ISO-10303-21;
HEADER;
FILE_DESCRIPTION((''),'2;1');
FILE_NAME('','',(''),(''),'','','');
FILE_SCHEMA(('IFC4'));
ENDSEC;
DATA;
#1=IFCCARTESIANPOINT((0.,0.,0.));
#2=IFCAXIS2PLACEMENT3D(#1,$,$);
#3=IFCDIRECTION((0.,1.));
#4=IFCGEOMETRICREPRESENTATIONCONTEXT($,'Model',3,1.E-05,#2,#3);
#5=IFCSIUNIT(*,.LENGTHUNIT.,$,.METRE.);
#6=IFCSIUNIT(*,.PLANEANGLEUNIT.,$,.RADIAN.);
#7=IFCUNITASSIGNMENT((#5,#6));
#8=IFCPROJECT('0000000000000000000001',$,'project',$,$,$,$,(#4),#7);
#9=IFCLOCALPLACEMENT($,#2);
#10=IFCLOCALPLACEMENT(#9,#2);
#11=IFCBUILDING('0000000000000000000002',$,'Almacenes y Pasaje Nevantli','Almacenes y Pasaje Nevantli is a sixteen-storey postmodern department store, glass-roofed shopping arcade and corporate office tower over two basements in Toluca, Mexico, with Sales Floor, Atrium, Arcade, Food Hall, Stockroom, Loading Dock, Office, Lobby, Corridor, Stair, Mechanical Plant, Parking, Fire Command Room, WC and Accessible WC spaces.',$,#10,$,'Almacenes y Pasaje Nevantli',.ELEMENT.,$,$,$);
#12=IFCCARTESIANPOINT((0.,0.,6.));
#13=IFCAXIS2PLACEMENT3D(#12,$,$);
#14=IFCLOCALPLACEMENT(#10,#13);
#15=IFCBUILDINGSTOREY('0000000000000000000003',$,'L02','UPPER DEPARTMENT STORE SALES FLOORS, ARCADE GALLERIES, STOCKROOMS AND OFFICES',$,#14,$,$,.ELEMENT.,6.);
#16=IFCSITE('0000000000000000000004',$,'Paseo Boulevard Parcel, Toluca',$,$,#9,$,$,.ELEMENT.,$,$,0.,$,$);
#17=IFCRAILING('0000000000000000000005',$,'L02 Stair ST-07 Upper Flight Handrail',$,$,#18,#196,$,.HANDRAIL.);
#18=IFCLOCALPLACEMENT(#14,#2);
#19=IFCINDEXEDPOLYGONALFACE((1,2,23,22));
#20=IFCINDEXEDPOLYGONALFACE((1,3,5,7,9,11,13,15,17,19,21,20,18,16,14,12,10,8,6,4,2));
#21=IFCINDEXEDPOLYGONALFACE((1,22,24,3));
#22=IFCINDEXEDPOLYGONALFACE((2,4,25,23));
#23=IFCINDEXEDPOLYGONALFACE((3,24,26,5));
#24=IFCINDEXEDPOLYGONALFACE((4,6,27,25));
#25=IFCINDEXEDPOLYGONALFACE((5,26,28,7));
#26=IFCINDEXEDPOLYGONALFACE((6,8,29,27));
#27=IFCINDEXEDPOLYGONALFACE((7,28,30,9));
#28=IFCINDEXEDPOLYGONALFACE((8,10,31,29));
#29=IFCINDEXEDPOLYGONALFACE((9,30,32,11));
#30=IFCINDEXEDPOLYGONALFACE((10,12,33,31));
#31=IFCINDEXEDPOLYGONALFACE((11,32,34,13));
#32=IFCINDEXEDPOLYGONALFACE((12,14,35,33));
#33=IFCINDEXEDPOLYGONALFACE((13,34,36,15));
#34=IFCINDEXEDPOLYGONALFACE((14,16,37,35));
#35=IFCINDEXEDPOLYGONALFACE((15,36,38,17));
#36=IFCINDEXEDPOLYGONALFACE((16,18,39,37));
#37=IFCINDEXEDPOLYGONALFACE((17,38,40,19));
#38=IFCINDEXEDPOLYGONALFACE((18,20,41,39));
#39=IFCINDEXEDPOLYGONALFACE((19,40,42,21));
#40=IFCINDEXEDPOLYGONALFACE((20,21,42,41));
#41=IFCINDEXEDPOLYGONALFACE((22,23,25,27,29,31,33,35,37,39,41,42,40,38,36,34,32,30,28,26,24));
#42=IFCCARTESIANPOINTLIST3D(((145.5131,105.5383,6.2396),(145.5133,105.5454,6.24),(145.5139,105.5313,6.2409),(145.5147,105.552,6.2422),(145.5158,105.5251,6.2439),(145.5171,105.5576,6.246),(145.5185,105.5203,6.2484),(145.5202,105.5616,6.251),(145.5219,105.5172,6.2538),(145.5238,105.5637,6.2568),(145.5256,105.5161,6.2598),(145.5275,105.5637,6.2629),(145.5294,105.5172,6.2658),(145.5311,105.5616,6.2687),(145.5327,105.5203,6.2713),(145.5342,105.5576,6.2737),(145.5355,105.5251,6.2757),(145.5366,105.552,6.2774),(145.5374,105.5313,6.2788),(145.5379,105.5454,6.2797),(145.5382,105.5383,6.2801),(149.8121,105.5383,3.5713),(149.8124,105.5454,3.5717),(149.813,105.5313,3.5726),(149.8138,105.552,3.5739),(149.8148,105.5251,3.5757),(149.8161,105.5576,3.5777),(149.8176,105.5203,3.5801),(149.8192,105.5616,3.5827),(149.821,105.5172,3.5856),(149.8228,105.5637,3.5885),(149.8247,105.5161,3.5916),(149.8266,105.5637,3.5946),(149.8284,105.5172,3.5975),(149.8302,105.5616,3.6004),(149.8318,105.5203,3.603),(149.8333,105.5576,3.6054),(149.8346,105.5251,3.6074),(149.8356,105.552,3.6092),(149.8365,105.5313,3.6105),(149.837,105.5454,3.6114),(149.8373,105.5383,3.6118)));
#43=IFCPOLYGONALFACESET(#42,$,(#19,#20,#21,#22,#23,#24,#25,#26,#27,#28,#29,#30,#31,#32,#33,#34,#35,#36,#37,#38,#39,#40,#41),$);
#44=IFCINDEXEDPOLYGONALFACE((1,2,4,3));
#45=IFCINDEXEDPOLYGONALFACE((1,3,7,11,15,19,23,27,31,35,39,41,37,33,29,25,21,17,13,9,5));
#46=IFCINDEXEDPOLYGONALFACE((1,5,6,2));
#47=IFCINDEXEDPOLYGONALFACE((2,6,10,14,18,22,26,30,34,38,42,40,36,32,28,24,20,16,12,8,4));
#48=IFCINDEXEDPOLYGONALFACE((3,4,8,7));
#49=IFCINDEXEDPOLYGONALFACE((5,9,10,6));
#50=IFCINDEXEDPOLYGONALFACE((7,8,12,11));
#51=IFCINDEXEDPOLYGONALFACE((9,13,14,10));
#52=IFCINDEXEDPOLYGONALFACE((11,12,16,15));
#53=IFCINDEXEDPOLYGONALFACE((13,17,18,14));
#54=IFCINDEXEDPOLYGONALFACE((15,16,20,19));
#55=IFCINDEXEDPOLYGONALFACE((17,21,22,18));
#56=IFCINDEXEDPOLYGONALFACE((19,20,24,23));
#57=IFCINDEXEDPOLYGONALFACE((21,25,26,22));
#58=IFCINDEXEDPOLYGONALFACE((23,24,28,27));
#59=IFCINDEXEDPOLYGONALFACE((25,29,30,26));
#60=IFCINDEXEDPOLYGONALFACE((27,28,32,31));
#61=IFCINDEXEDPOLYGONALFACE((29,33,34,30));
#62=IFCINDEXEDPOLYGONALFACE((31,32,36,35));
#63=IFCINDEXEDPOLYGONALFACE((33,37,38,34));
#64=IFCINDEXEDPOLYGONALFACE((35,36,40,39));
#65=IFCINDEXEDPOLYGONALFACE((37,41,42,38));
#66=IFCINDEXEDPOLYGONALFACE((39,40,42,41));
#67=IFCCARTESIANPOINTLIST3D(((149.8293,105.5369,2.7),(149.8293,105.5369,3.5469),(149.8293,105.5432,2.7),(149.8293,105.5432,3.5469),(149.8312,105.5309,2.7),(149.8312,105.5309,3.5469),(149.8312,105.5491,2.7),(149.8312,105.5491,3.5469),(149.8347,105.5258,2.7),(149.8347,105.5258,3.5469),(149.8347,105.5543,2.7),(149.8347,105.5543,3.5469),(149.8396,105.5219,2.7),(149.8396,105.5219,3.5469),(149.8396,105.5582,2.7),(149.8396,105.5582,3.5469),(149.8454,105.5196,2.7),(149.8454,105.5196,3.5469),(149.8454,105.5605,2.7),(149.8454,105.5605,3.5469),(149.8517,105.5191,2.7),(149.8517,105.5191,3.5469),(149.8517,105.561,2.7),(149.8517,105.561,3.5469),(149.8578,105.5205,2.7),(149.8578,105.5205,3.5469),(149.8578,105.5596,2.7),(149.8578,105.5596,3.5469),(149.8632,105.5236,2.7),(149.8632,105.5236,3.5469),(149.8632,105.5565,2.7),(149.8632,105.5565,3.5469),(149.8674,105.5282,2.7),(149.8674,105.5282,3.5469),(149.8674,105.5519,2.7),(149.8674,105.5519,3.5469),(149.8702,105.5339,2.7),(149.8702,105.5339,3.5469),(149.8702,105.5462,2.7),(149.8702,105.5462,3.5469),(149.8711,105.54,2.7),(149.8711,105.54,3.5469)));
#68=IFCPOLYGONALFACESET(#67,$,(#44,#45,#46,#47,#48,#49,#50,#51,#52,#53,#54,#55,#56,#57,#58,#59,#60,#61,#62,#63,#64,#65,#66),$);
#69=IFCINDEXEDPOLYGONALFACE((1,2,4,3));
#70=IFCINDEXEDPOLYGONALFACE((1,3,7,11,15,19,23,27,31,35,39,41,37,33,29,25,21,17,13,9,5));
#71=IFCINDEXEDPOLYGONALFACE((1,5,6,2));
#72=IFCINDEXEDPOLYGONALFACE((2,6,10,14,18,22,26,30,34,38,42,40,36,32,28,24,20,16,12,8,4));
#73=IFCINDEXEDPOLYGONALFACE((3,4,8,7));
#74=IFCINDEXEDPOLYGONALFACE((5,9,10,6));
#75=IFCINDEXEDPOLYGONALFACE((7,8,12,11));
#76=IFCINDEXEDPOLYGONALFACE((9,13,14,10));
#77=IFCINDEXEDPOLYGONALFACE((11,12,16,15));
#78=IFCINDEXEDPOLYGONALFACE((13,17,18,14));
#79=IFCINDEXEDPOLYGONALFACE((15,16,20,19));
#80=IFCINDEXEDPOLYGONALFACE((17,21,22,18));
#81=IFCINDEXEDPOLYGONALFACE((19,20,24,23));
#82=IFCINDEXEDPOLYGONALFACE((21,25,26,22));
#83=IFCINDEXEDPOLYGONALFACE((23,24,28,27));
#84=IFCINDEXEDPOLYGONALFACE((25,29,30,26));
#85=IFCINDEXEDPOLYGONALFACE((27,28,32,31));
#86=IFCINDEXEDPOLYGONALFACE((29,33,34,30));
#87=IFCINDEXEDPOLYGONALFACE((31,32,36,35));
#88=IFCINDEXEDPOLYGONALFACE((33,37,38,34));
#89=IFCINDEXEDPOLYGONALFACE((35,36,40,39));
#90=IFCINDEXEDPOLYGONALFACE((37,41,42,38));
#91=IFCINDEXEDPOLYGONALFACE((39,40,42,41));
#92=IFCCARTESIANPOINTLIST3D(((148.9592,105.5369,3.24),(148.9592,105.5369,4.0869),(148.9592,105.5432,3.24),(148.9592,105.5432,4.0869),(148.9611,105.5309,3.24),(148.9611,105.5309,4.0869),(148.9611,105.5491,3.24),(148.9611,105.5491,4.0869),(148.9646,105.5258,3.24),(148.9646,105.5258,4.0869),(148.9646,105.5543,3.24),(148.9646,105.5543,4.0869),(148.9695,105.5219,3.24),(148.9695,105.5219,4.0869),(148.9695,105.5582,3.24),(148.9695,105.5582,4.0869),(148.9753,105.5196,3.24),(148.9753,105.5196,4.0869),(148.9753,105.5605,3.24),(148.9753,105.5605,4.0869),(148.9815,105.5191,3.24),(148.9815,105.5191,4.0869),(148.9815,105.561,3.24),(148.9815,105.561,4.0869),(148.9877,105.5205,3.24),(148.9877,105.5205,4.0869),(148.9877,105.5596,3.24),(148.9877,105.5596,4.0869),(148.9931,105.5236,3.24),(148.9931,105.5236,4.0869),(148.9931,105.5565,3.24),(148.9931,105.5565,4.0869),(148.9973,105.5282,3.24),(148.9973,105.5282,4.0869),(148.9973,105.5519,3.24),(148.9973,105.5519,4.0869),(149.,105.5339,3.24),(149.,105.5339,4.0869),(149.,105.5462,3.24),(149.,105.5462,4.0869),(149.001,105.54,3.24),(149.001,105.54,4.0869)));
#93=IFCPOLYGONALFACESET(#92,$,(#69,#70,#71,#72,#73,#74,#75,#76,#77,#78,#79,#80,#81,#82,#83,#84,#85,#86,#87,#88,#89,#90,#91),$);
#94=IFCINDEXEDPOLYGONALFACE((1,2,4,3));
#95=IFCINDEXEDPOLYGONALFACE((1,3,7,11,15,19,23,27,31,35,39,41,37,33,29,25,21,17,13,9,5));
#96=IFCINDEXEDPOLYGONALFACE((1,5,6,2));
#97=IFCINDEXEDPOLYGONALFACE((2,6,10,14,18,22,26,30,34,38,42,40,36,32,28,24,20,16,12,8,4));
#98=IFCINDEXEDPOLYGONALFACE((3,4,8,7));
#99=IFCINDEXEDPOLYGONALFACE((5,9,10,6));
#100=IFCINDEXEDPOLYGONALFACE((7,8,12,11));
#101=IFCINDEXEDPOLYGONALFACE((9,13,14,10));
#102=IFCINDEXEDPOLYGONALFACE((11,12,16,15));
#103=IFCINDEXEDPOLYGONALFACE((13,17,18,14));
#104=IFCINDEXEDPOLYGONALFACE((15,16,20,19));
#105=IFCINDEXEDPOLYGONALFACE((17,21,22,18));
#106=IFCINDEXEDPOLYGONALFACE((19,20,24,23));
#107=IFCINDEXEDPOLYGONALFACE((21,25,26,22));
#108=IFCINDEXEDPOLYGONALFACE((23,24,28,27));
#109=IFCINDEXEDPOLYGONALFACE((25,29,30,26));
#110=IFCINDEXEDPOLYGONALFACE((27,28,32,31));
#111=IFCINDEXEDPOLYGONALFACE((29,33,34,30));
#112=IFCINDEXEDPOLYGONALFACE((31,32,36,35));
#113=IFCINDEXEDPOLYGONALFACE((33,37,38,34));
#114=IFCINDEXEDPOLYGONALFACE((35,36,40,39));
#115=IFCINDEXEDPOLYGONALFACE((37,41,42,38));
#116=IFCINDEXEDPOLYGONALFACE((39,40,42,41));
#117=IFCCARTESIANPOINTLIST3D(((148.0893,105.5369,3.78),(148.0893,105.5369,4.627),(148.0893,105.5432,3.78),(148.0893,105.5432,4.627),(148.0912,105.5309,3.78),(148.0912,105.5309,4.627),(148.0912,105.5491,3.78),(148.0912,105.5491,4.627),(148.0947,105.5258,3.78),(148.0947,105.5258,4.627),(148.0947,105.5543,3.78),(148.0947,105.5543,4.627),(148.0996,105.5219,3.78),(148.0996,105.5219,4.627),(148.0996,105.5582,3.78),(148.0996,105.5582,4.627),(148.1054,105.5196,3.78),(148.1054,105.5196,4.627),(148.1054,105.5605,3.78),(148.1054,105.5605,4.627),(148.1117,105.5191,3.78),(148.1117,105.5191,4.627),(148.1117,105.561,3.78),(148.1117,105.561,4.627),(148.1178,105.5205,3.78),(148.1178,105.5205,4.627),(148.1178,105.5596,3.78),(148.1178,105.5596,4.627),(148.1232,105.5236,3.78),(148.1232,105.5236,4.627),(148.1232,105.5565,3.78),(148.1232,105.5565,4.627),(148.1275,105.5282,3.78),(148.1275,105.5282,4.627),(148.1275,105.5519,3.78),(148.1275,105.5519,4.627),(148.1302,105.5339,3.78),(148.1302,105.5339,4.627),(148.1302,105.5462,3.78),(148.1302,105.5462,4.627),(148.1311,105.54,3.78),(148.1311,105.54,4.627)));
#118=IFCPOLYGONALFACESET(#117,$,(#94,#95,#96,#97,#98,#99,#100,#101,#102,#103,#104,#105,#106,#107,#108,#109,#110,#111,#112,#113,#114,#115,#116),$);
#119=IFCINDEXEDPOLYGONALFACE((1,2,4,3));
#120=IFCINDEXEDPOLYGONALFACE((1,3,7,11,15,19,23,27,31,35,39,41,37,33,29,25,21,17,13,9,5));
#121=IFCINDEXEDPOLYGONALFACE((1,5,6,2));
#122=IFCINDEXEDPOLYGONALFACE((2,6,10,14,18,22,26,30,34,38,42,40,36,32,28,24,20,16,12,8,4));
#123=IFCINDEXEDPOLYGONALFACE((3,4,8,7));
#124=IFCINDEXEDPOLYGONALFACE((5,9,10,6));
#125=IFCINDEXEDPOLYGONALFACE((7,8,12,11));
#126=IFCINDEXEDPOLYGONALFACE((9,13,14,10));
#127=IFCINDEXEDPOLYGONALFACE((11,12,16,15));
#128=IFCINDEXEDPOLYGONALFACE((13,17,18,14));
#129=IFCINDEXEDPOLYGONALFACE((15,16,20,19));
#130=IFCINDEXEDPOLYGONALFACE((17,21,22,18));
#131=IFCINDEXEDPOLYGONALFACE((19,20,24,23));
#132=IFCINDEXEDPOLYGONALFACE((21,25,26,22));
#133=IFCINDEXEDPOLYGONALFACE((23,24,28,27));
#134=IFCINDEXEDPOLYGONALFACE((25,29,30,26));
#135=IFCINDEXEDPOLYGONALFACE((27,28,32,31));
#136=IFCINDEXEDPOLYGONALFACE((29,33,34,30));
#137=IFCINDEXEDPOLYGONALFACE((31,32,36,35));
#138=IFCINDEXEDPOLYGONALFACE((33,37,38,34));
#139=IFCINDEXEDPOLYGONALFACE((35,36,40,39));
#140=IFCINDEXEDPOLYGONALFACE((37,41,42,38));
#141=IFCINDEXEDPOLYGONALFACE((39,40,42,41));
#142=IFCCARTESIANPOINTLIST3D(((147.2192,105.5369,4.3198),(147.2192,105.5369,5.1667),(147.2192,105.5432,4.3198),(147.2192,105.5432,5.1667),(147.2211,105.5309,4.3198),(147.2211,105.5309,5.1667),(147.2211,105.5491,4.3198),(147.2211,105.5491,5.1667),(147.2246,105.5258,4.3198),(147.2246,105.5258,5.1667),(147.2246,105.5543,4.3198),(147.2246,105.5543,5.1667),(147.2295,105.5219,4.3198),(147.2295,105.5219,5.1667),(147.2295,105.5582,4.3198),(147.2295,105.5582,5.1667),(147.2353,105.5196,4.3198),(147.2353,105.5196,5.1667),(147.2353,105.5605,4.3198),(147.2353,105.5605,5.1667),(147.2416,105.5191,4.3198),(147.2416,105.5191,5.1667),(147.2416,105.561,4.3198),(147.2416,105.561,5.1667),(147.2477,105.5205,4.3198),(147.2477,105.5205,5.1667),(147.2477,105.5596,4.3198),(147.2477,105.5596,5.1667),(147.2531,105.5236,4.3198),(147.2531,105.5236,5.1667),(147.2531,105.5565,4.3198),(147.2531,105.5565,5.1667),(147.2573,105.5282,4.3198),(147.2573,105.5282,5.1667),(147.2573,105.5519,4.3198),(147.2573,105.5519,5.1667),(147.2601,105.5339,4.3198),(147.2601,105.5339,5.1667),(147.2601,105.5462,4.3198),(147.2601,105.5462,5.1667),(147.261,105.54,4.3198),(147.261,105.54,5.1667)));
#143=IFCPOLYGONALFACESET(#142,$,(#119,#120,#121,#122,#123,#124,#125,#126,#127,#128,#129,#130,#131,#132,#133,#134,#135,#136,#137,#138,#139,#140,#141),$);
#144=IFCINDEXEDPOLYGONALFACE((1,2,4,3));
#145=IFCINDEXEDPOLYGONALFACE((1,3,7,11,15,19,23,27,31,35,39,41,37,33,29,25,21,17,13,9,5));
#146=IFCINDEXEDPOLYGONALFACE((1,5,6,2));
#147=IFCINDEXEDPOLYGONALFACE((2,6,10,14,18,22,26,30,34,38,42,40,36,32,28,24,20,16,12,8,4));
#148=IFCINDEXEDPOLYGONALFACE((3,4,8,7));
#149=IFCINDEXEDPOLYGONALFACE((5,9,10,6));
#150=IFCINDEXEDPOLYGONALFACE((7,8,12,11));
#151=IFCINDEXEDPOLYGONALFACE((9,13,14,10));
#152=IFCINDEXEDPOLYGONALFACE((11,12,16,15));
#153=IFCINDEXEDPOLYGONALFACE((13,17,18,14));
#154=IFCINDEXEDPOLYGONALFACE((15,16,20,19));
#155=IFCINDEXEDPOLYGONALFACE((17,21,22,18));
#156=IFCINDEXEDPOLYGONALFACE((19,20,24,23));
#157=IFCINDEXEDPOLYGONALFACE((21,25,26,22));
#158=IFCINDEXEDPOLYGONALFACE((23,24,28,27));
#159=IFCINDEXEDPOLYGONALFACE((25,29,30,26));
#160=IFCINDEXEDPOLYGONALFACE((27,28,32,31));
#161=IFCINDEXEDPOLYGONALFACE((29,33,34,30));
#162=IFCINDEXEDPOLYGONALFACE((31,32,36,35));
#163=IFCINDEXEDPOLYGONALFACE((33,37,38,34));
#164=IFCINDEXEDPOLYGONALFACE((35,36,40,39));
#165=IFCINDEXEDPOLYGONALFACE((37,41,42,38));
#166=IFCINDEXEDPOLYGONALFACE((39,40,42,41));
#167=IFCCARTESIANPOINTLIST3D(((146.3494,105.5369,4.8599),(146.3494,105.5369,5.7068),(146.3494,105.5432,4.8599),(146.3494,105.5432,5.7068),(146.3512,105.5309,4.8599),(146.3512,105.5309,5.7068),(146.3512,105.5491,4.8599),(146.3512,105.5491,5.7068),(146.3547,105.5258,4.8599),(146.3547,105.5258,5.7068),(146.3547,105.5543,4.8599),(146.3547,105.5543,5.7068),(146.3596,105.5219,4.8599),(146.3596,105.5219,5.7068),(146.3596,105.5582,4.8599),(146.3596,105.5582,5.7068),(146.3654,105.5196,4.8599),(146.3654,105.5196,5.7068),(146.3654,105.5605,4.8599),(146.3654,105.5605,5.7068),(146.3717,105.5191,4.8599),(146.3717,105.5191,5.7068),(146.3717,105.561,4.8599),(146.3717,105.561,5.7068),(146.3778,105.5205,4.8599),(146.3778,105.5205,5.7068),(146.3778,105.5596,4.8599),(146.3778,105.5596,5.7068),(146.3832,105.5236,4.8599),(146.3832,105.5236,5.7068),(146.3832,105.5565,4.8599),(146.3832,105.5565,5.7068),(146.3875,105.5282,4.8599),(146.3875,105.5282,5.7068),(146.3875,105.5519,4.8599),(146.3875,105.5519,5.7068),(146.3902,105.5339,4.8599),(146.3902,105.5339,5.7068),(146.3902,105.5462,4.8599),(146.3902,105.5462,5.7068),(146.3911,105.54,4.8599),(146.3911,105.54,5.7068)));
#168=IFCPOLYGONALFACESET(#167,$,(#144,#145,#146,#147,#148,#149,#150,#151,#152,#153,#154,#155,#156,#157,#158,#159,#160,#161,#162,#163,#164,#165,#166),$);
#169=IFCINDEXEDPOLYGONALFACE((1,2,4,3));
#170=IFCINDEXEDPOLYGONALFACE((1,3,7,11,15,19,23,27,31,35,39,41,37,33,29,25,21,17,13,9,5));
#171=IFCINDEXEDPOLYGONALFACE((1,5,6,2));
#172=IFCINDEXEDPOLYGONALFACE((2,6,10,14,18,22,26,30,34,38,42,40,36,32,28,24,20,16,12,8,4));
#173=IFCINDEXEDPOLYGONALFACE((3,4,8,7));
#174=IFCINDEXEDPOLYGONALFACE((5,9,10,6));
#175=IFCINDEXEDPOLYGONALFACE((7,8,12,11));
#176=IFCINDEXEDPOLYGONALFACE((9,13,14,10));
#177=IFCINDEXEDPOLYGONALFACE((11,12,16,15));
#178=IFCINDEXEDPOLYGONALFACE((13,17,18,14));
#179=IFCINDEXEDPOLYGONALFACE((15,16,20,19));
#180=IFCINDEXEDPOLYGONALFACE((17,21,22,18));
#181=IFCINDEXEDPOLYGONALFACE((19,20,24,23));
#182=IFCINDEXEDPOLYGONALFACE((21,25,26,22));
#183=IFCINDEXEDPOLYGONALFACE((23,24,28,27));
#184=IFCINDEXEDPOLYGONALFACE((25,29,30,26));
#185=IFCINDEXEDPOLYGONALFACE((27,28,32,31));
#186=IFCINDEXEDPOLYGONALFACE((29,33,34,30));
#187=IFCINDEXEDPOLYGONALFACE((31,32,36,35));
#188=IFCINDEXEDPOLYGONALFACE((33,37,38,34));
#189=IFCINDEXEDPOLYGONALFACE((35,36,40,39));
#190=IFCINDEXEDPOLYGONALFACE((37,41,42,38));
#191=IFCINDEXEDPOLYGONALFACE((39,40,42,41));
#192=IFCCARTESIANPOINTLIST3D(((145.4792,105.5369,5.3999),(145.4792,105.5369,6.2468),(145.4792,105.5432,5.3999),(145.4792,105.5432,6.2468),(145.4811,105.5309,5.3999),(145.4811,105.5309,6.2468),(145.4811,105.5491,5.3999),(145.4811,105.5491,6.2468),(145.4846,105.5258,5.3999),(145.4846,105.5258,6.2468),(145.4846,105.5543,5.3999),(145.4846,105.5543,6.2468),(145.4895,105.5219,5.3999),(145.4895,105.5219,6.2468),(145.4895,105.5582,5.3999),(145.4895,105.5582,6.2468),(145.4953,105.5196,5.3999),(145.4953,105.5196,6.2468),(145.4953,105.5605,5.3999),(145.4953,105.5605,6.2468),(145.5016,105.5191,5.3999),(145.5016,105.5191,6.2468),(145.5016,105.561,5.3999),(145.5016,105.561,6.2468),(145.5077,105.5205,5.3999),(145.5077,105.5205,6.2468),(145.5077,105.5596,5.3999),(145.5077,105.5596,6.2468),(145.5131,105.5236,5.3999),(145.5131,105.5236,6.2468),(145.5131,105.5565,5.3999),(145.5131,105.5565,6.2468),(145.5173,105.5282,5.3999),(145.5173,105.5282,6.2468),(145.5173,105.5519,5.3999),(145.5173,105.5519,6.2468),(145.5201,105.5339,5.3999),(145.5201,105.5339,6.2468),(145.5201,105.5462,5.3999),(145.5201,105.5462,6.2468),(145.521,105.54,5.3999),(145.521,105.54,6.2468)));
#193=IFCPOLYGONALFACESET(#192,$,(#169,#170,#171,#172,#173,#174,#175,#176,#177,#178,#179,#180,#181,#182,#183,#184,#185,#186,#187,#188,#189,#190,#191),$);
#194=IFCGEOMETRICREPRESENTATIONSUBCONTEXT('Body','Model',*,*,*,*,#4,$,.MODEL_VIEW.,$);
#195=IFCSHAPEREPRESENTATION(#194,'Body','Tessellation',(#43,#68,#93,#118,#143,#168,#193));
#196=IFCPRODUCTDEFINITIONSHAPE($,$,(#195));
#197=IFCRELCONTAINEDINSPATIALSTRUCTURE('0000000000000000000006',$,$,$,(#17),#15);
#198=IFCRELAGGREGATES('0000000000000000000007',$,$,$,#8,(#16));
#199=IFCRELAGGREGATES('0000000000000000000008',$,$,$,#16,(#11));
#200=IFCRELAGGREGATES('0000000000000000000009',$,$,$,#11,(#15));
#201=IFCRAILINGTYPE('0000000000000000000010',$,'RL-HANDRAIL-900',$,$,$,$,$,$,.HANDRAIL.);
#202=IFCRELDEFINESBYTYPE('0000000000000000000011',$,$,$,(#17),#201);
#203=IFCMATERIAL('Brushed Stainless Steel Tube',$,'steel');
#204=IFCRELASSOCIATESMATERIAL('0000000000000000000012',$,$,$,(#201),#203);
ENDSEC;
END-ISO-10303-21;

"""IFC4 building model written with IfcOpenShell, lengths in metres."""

from ifc_helpers import new_model, si_unit, direction, frame, origin, origin_2d, place, context, subcontext, project, spatial, circle, extrude, material, type_object, element, save


model = new_model("IFC4")

# Units and contexts
model_context = context("Model", 3, precision=1e-05, world=origin(), true_north=direction((0.0, 1.0)))
body_context = subcontext(model_context, "Body", "Model", "MODEL_VIEW")
ifc_project = project(units=[si_unit("LENGTHUNIT", "METRE"), si_unit("PLANEANGLEUNIT", "RADIAN")], contexts=[model_context])

# Site, building, storey
site_placement = place(None, origin())
site = spatial("IfcSite", under=ifc_project, at=site_placement, Name="Paseo Boulevard Parcel, Toluca", CompositionType="ELEMENT", RefElevation=0.0)
building_placement = place(site_placement, origin())
building = spatial("IfcBuilding", under=site, at=building_placement, Name="Almacenes y Pasaje Nevantli", Description="Almacenes y Pasaje Nevantli is a sixteen-storey postmodern department store, glass-roofed shopping arcade and corporate office tower over two basements in Toluca, Mexico, with Sales Floor, Atrium, Arcade, Food Hall, Stockroom, Loading Dock, Office, Lobby, Corridor, Stair, Mechanical Plant, Parking, Fire Command Room, WC and Accessible WC spaces.", LongName="Almacenes y Pasaje Nevantli", CompositionType="ELEMENT")
storey_placement = place(building_placement, frame((0.0, 0.0, 6.0)))
storey = spatial("IfcBuildingStorey", under=building, at=storey_placement, Name="L02", Description="UPPER DEPARTMENT STORE SALES FLOORS, ARCADE GALLERIES, STOCKROOMS AND OFFICES", CompositionType="ELEMENT", Elevation=6.0)

# Railing
ifc_material_1 = material(Name="Brushed Stainless Steel Tube", Category="steel")
railing_type_1 = type_object("IfcRailingType", Name="RL-HANDRAIL-900", PredefinedType="HANDRAIL", material=ifc_material_1)
railing_1_placement = place(storey_placement, frame((149.8501, 105.54, 2.7)))
element("IfcRailing", 1, at=railing_1_placement, inside=storey, type_object=railing_type_1, Name="L02 Stair ST-07 Upper Flight Handrail", PredefinedType="HANDRAIL", context=body_context, shape_type="SweptSolid", body=[
    extrude(circle(Radius=0.0239, at=origin_2d()), frame((-0.0254, 0.0, 0.8916), z_axis=(-0.84965, 0.0, 0.527347), x_axis=(0.0, -1.0, 0.0)), (0.0, 0.0, 1.0), 5.0598),
    extrude(circle(Radius=0.021, at=origin_2d()), origin(), (0.0, 0.0, 1.0), 0.8469),
    extrude(circle(Radius=0.021, at=origin_2d()), frame((-0.8701, 0.0, 0.54)), (0.0, 0.0, 1.0), 0.8469),
    extrude(circle(Radius=0.021, at=origin_2d()), frame((-1.74, 0.0, 1.0801)), (0.0, 0.0, 1.0), 0.8469),
    extrude(circle(Radius=0.021, at=origin_2d()), frame((-2.6101, 0.0, 1.6199)), (0.0, 0.0, 1.0), 0.8469),
    extrude(circle(Radius=0.021, at=origin_2d()), frame((-3.48, 0.0, 2.1599)), (0.0, 0.0, 1.0), 0.8469),
    extrude(circle(Radius=0.021, at=origin_2d()), frame((-4.3501, 0.0, 2.7)), (0.0, 0.0, 1.0), 0.8469),
])

save(model, "model.ifc")
